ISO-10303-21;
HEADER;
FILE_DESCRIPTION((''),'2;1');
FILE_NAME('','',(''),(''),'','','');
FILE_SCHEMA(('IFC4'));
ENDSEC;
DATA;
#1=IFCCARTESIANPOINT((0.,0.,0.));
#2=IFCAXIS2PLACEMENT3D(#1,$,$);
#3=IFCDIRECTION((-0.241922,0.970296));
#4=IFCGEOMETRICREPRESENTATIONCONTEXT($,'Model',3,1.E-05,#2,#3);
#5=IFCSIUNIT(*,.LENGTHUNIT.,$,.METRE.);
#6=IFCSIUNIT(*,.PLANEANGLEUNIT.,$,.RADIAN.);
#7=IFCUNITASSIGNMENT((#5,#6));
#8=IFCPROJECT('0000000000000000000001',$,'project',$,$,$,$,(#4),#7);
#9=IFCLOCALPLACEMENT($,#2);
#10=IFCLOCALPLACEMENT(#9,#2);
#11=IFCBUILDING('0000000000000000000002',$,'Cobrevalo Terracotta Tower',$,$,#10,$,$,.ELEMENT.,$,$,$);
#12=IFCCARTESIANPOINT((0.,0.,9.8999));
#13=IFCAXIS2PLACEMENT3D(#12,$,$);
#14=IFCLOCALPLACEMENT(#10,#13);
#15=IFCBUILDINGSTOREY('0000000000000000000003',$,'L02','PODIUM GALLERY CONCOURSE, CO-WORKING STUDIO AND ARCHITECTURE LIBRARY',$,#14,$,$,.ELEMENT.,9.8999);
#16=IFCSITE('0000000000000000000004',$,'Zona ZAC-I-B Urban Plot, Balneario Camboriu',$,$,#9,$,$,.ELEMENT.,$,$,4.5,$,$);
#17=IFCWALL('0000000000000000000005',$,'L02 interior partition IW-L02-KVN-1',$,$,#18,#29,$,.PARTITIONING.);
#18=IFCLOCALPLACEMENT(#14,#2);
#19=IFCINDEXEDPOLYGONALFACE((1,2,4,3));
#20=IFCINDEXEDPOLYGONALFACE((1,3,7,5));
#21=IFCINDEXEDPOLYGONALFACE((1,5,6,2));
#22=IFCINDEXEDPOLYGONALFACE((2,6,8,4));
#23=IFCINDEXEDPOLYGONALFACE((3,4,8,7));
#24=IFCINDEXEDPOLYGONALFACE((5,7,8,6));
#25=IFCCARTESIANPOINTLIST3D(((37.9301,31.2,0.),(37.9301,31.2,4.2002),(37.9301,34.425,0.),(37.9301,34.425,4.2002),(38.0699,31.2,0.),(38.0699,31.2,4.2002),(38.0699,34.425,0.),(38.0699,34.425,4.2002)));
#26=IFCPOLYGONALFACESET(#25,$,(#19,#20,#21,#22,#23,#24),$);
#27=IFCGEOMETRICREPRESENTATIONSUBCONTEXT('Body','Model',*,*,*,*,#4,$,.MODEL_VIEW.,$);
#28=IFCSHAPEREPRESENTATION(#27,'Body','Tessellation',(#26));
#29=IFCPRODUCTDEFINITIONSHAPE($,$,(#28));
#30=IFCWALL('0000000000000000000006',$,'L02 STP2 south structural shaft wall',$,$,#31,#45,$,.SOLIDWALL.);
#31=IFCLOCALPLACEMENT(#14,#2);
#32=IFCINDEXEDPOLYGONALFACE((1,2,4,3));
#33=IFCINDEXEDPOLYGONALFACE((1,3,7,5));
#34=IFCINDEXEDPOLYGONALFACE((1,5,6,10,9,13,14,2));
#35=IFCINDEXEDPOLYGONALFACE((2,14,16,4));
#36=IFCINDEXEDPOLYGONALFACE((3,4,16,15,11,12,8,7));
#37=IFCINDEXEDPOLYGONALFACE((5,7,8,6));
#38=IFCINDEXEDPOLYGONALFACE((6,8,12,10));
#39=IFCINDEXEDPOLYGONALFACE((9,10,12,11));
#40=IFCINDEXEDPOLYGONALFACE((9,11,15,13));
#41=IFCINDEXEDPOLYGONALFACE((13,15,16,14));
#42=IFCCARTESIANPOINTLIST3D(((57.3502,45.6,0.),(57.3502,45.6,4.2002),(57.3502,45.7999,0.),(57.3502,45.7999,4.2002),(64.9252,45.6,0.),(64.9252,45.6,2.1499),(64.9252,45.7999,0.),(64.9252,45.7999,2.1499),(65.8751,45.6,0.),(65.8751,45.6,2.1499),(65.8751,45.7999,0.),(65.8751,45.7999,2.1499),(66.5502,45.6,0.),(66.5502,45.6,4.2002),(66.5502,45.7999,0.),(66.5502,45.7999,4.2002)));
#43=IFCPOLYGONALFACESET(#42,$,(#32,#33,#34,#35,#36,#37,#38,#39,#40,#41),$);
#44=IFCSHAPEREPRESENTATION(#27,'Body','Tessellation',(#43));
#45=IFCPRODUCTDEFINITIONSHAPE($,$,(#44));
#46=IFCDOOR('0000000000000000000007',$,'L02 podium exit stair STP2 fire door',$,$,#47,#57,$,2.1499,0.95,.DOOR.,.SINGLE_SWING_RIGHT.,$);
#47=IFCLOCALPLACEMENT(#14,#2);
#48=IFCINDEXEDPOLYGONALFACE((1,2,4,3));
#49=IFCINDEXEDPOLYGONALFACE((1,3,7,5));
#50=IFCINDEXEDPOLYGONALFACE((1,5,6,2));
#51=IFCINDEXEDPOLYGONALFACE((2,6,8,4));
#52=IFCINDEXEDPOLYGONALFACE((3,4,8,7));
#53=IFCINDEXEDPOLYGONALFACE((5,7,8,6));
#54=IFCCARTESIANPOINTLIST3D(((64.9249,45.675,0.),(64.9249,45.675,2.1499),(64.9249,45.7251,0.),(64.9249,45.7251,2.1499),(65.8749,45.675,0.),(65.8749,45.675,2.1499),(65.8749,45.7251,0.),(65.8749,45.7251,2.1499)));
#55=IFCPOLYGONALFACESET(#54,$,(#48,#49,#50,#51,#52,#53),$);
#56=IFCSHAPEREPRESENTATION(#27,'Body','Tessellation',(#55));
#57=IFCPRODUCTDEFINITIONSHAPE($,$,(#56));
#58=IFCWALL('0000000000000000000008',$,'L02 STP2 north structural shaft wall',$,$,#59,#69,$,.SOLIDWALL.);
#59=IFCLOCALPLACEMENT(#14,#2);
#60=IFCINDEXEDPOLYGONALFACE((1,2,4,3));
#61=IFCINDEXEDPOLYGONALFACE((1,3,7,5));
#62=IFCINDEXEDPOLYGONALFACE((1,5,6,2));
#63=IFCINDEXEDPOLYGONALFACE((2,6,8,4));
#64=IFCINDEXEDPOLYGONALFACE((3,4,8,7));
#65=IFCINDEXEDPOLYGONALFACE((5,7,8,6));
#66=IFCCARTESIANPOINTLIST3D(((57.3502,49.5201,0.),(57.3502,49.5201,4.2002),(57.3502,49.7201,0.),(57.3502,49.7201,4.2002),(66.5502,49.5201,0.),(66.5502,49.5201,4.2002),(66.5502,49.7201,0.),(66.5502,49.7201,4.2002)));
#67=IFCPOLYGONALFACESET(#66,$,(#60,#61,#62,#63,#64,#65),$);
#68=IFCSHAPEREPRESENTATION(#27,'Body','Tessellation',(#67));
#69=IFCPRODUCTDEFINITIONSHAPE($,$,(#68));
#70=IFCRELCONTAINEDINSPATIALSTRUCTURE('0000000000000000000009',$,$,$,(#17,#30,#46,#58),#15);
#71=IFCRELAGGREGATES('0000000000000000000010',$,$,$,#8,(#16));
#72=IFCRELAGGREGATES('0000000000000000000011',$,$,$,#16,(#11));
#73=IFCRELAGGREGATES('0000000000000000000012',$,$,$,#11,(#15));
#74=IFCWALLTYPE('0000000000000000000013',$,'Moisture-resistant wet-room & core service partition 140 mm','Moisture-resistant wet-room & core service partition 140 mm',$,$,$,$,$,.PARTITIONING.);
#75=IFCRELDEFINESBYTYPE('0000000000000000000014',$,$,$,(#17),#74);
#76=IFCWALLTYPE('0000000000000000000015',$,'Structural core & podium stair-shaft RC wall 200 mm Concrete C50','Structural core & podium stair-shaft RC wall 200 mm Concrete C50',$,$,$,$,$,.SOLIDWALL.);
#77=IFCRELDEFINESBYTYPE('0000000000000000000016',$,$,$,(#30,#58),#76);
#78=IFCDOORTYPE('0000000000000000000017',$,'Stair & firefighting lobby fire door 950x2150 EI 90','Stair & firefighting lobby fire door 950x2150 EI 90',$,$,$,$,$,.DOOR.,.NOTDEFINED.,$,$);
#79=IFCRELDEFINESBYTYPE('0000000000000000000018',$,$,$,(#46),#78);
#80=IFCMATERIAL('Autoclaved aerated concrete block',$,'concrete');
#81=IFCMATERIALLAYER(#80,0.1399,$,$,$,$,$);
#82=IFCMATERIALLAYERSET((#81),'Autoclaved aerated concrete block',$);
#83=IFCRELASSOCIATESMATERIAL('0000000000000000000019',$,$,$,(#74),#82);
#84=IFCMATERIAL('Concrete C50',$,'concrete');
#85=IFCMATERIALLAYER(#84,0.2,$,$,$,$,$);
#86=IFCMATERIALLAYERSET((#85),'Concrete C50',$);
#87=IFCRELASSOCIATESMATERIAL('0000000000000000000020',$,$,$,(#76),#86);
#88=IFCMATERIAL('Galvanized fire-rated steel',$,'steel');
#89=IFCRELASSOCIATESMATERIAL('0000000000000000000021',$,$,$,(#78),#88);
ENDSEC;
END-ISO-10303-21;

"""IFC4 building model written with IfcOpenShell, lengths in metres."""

from ifc_helpers import new_model, si_unit, direction, frame, frame_2d, origin, place, context, subcontext, project, spatial, rectangle, extrude, source, transform, mapped, material, layer, layer_set, type_object, element, fill, save


model = new_model("IFC4")

# Units and contexts
model_context = context("Model", 3, precision=1e-05, world=origin(), true_north=direction((-0.241922, 0.970296)))
body_context = subcontext(model_context, "Body", "Model", "MODEL_VIEW")
ifc_project = project(units=[si_unit("LENGTHUNIT", "METRE"), si_unit("PLANEANGLEUNIT", "RADIAN")], contexts=[model_context])

# Site, building, storey
site_placement = place(None, origin())
site = spatial("IfcSite", under=ifc_project, at=site_placement, Name="Zona ZAC-I-B Urban Plot, Balneario Camboriu", CompositionType="ELEMENT", RefElevation=4.5)
building_placement = place(site_placement, origin())
building = spatial("IfcBuilding", under=site, at=building_placement, Name="Cobrevalo Terracotta Tower", CompositionType="ELEMENT")
storey_placement = place(building_placement, frame((0.0, 0.0, 9.8999)))
storey = spatial("IfcBuildingStorey", under=building, at=storey_placement, Name="L02", Description="PODIUM GALLERY CONCOURSE, CO-WORKING STUDIO AND ARCHITECTURE LIBRARY", CompositionType="ELEMENT", Elevation=9.8999)

# Wall
ifc_material_1 = material(Name="Autoclaved aerated concrete block", Category="concrete")
ifc_layer_1 = layer(ifc_material_1, 0.1399)
ifc_layer_set_1 = layer_set([ifc_layer_1], Name="Autoclaved aerated concrete block")
wall_type_1 = type_object("IfcWallType", Name="Moisture-resistant wet-room & core service partition 140 mm", Description="Moisture-resistant wet-room & core service partition 140 mm", PredefinedType="PARTITIONING", material=ifc_layer_set_1)
wall_1_placement = place(storey_placement, frame((38.0, 31.2, 0.0), z_axis=(0.0, 0.0, 1.0), x_axis=(0.0, 1.0, 0.0)))
element("IfcWall", 1, at=wall_1_placement, inside=storey, type_object=wall_type_1, Name="L02 interior partition IW-L02-KVN-1", PredefinedType="PARTITIONING", context=body_context, shape_type="SweptSolid", body=[
    extrude(rectangle(XDim=3.2251, YDim=0.1399, at=frame_2d((1.6125, 0.0))), origin(), (0.0, 0.0, 1.0), 4.2002),
])

# Wall, opening, door
ifc_material_2 = material(Name="Concrete C50", Category="concrete")
ifc_layer_2 = layer(ifc_material_2, 0.2)
ifc_layer_set_2 = layer_set([ifc_layer_2], Name="Concrete C50")
wall_type_2 = type_object("IfcWallType", Name="Structural core & podium stair-shaft RC wall 200 mm Concrete C50", Description="Structural core & podium stair-shaft RC wall 200 mm Concrete C50", PredefinedType="SOLIDWALL", material=ifc_layer_set_2)
wall_2_placement = place(storey_placement, frame((57.3501, 45.7, 0.0), z_axis=(0.0, 0.0, 1.0), x_axis=(1.0, 0.0, 0.0)))
wall_2 = element("IfcWall", 2, at=wall_2_placement, inside=storey, type_object=wall_type_2, Name="L02 STP2 south structural shaft wall", PredefinedType="SOLIDWALL", context=body_context, shape_type="SweptSolid", body=[
    extrude(rectangle(XDim=9.2, YDim=0.2, at=frame_2d((4.6001, 0.0))), origin(), (0.0, 0.0, 1.0), 4.2002),
])
opening_1_placement = place(wall_2_placement, frame((7.575, 0.0, 0.0)))
opening_1 = element("IfcOpeningElement", 3, at=opening_1_placement, cuts=wall_2, PredefinedType="OPENING", context=body_context, shape_type="SweptSolid", body=[
    extrude(rectangle(XDim=0.95, YDim=2.1499, at=frame_2d((0.4751, 1.075))), frame((0.0, 0.1099, 0.0), z_axis=(0.0, -1.0, 0.0), x_axis=(1.0, 0.0, 0.0)), (0.0, 0.0, 1.0), 0.22),
])
ifc_material_3 = material(Name="Galvanized fire-rated steel", Category="steel")
door_type_1 = type_object("IfcDoorType", Name="Stair & firefighting lobby fire door 950x2150 EI 90", Description="Stair & firefighting lobby fire door 950x2150 EI 90", OperationType="NOTDEFINED", PredefinedType="DOOR", material=ifc_material_3)
shared_shape_1 = source(origin(), body_context, "Body", "SweptSolid", [
    extrude(rectangle(XDim=0.95, YDim=2.1499, at=frame_2d((0.4751, 1.075))), frame((0.0, 0.0249, 0.0), z_axis=(0.0, -1.0, 0.0), x_axis=(1.0, 0.0, 0.0)), (0.0, 0.0, 1.0), 0.05),
])
door_1_placement = place(opening_1_placement, frame((0.95, 0.0, 0.0), z_axis=(0.0, 0.0, 1.0), x_axis=(-1.0, 0.0, 0.0)))
door_1 = element("IfcDoor", 4, at=door_1_placement, inside=storey, type_object=door_type_1, Name="L02 podium exit stair STP2 fire door", OperationType="SINGLE_SWING_RIGHT", OverallHeight=2.1499, OverallWidth=0.95, PredefinedType="DOOR", context=body_context, shape_type="MappedRepresentation", body=[
    mapped(shared_shape_1, transform((0.0, 0.0, 0.0), scale=1.0)),
])
fill(opening_1, door_1)

# Wall
wall_3_placement = place(storey_placement, frame((57.3501, 49.6201, 0.0), z_axis=(0.0, 0.0, 1.0), x_axis=(1.0, 0.0, 0.0)))
element("IfcWall", 5, at=wall_3_placement, inside=storey, type_object=wall_type_2, Name="L02 STP2 north structural shaft wall", PredefinedType="SOLIDWALL", context=body_context, shape_type="SweptSolid", body=[
    extrude(rectangle(XDim=9.2, YDim=0.2, at=frame_2d((4.6001, 0.0))), origin(), (0.0, 0.0, 1.0), 4.2002),
])

save(model, "model.ifc")
